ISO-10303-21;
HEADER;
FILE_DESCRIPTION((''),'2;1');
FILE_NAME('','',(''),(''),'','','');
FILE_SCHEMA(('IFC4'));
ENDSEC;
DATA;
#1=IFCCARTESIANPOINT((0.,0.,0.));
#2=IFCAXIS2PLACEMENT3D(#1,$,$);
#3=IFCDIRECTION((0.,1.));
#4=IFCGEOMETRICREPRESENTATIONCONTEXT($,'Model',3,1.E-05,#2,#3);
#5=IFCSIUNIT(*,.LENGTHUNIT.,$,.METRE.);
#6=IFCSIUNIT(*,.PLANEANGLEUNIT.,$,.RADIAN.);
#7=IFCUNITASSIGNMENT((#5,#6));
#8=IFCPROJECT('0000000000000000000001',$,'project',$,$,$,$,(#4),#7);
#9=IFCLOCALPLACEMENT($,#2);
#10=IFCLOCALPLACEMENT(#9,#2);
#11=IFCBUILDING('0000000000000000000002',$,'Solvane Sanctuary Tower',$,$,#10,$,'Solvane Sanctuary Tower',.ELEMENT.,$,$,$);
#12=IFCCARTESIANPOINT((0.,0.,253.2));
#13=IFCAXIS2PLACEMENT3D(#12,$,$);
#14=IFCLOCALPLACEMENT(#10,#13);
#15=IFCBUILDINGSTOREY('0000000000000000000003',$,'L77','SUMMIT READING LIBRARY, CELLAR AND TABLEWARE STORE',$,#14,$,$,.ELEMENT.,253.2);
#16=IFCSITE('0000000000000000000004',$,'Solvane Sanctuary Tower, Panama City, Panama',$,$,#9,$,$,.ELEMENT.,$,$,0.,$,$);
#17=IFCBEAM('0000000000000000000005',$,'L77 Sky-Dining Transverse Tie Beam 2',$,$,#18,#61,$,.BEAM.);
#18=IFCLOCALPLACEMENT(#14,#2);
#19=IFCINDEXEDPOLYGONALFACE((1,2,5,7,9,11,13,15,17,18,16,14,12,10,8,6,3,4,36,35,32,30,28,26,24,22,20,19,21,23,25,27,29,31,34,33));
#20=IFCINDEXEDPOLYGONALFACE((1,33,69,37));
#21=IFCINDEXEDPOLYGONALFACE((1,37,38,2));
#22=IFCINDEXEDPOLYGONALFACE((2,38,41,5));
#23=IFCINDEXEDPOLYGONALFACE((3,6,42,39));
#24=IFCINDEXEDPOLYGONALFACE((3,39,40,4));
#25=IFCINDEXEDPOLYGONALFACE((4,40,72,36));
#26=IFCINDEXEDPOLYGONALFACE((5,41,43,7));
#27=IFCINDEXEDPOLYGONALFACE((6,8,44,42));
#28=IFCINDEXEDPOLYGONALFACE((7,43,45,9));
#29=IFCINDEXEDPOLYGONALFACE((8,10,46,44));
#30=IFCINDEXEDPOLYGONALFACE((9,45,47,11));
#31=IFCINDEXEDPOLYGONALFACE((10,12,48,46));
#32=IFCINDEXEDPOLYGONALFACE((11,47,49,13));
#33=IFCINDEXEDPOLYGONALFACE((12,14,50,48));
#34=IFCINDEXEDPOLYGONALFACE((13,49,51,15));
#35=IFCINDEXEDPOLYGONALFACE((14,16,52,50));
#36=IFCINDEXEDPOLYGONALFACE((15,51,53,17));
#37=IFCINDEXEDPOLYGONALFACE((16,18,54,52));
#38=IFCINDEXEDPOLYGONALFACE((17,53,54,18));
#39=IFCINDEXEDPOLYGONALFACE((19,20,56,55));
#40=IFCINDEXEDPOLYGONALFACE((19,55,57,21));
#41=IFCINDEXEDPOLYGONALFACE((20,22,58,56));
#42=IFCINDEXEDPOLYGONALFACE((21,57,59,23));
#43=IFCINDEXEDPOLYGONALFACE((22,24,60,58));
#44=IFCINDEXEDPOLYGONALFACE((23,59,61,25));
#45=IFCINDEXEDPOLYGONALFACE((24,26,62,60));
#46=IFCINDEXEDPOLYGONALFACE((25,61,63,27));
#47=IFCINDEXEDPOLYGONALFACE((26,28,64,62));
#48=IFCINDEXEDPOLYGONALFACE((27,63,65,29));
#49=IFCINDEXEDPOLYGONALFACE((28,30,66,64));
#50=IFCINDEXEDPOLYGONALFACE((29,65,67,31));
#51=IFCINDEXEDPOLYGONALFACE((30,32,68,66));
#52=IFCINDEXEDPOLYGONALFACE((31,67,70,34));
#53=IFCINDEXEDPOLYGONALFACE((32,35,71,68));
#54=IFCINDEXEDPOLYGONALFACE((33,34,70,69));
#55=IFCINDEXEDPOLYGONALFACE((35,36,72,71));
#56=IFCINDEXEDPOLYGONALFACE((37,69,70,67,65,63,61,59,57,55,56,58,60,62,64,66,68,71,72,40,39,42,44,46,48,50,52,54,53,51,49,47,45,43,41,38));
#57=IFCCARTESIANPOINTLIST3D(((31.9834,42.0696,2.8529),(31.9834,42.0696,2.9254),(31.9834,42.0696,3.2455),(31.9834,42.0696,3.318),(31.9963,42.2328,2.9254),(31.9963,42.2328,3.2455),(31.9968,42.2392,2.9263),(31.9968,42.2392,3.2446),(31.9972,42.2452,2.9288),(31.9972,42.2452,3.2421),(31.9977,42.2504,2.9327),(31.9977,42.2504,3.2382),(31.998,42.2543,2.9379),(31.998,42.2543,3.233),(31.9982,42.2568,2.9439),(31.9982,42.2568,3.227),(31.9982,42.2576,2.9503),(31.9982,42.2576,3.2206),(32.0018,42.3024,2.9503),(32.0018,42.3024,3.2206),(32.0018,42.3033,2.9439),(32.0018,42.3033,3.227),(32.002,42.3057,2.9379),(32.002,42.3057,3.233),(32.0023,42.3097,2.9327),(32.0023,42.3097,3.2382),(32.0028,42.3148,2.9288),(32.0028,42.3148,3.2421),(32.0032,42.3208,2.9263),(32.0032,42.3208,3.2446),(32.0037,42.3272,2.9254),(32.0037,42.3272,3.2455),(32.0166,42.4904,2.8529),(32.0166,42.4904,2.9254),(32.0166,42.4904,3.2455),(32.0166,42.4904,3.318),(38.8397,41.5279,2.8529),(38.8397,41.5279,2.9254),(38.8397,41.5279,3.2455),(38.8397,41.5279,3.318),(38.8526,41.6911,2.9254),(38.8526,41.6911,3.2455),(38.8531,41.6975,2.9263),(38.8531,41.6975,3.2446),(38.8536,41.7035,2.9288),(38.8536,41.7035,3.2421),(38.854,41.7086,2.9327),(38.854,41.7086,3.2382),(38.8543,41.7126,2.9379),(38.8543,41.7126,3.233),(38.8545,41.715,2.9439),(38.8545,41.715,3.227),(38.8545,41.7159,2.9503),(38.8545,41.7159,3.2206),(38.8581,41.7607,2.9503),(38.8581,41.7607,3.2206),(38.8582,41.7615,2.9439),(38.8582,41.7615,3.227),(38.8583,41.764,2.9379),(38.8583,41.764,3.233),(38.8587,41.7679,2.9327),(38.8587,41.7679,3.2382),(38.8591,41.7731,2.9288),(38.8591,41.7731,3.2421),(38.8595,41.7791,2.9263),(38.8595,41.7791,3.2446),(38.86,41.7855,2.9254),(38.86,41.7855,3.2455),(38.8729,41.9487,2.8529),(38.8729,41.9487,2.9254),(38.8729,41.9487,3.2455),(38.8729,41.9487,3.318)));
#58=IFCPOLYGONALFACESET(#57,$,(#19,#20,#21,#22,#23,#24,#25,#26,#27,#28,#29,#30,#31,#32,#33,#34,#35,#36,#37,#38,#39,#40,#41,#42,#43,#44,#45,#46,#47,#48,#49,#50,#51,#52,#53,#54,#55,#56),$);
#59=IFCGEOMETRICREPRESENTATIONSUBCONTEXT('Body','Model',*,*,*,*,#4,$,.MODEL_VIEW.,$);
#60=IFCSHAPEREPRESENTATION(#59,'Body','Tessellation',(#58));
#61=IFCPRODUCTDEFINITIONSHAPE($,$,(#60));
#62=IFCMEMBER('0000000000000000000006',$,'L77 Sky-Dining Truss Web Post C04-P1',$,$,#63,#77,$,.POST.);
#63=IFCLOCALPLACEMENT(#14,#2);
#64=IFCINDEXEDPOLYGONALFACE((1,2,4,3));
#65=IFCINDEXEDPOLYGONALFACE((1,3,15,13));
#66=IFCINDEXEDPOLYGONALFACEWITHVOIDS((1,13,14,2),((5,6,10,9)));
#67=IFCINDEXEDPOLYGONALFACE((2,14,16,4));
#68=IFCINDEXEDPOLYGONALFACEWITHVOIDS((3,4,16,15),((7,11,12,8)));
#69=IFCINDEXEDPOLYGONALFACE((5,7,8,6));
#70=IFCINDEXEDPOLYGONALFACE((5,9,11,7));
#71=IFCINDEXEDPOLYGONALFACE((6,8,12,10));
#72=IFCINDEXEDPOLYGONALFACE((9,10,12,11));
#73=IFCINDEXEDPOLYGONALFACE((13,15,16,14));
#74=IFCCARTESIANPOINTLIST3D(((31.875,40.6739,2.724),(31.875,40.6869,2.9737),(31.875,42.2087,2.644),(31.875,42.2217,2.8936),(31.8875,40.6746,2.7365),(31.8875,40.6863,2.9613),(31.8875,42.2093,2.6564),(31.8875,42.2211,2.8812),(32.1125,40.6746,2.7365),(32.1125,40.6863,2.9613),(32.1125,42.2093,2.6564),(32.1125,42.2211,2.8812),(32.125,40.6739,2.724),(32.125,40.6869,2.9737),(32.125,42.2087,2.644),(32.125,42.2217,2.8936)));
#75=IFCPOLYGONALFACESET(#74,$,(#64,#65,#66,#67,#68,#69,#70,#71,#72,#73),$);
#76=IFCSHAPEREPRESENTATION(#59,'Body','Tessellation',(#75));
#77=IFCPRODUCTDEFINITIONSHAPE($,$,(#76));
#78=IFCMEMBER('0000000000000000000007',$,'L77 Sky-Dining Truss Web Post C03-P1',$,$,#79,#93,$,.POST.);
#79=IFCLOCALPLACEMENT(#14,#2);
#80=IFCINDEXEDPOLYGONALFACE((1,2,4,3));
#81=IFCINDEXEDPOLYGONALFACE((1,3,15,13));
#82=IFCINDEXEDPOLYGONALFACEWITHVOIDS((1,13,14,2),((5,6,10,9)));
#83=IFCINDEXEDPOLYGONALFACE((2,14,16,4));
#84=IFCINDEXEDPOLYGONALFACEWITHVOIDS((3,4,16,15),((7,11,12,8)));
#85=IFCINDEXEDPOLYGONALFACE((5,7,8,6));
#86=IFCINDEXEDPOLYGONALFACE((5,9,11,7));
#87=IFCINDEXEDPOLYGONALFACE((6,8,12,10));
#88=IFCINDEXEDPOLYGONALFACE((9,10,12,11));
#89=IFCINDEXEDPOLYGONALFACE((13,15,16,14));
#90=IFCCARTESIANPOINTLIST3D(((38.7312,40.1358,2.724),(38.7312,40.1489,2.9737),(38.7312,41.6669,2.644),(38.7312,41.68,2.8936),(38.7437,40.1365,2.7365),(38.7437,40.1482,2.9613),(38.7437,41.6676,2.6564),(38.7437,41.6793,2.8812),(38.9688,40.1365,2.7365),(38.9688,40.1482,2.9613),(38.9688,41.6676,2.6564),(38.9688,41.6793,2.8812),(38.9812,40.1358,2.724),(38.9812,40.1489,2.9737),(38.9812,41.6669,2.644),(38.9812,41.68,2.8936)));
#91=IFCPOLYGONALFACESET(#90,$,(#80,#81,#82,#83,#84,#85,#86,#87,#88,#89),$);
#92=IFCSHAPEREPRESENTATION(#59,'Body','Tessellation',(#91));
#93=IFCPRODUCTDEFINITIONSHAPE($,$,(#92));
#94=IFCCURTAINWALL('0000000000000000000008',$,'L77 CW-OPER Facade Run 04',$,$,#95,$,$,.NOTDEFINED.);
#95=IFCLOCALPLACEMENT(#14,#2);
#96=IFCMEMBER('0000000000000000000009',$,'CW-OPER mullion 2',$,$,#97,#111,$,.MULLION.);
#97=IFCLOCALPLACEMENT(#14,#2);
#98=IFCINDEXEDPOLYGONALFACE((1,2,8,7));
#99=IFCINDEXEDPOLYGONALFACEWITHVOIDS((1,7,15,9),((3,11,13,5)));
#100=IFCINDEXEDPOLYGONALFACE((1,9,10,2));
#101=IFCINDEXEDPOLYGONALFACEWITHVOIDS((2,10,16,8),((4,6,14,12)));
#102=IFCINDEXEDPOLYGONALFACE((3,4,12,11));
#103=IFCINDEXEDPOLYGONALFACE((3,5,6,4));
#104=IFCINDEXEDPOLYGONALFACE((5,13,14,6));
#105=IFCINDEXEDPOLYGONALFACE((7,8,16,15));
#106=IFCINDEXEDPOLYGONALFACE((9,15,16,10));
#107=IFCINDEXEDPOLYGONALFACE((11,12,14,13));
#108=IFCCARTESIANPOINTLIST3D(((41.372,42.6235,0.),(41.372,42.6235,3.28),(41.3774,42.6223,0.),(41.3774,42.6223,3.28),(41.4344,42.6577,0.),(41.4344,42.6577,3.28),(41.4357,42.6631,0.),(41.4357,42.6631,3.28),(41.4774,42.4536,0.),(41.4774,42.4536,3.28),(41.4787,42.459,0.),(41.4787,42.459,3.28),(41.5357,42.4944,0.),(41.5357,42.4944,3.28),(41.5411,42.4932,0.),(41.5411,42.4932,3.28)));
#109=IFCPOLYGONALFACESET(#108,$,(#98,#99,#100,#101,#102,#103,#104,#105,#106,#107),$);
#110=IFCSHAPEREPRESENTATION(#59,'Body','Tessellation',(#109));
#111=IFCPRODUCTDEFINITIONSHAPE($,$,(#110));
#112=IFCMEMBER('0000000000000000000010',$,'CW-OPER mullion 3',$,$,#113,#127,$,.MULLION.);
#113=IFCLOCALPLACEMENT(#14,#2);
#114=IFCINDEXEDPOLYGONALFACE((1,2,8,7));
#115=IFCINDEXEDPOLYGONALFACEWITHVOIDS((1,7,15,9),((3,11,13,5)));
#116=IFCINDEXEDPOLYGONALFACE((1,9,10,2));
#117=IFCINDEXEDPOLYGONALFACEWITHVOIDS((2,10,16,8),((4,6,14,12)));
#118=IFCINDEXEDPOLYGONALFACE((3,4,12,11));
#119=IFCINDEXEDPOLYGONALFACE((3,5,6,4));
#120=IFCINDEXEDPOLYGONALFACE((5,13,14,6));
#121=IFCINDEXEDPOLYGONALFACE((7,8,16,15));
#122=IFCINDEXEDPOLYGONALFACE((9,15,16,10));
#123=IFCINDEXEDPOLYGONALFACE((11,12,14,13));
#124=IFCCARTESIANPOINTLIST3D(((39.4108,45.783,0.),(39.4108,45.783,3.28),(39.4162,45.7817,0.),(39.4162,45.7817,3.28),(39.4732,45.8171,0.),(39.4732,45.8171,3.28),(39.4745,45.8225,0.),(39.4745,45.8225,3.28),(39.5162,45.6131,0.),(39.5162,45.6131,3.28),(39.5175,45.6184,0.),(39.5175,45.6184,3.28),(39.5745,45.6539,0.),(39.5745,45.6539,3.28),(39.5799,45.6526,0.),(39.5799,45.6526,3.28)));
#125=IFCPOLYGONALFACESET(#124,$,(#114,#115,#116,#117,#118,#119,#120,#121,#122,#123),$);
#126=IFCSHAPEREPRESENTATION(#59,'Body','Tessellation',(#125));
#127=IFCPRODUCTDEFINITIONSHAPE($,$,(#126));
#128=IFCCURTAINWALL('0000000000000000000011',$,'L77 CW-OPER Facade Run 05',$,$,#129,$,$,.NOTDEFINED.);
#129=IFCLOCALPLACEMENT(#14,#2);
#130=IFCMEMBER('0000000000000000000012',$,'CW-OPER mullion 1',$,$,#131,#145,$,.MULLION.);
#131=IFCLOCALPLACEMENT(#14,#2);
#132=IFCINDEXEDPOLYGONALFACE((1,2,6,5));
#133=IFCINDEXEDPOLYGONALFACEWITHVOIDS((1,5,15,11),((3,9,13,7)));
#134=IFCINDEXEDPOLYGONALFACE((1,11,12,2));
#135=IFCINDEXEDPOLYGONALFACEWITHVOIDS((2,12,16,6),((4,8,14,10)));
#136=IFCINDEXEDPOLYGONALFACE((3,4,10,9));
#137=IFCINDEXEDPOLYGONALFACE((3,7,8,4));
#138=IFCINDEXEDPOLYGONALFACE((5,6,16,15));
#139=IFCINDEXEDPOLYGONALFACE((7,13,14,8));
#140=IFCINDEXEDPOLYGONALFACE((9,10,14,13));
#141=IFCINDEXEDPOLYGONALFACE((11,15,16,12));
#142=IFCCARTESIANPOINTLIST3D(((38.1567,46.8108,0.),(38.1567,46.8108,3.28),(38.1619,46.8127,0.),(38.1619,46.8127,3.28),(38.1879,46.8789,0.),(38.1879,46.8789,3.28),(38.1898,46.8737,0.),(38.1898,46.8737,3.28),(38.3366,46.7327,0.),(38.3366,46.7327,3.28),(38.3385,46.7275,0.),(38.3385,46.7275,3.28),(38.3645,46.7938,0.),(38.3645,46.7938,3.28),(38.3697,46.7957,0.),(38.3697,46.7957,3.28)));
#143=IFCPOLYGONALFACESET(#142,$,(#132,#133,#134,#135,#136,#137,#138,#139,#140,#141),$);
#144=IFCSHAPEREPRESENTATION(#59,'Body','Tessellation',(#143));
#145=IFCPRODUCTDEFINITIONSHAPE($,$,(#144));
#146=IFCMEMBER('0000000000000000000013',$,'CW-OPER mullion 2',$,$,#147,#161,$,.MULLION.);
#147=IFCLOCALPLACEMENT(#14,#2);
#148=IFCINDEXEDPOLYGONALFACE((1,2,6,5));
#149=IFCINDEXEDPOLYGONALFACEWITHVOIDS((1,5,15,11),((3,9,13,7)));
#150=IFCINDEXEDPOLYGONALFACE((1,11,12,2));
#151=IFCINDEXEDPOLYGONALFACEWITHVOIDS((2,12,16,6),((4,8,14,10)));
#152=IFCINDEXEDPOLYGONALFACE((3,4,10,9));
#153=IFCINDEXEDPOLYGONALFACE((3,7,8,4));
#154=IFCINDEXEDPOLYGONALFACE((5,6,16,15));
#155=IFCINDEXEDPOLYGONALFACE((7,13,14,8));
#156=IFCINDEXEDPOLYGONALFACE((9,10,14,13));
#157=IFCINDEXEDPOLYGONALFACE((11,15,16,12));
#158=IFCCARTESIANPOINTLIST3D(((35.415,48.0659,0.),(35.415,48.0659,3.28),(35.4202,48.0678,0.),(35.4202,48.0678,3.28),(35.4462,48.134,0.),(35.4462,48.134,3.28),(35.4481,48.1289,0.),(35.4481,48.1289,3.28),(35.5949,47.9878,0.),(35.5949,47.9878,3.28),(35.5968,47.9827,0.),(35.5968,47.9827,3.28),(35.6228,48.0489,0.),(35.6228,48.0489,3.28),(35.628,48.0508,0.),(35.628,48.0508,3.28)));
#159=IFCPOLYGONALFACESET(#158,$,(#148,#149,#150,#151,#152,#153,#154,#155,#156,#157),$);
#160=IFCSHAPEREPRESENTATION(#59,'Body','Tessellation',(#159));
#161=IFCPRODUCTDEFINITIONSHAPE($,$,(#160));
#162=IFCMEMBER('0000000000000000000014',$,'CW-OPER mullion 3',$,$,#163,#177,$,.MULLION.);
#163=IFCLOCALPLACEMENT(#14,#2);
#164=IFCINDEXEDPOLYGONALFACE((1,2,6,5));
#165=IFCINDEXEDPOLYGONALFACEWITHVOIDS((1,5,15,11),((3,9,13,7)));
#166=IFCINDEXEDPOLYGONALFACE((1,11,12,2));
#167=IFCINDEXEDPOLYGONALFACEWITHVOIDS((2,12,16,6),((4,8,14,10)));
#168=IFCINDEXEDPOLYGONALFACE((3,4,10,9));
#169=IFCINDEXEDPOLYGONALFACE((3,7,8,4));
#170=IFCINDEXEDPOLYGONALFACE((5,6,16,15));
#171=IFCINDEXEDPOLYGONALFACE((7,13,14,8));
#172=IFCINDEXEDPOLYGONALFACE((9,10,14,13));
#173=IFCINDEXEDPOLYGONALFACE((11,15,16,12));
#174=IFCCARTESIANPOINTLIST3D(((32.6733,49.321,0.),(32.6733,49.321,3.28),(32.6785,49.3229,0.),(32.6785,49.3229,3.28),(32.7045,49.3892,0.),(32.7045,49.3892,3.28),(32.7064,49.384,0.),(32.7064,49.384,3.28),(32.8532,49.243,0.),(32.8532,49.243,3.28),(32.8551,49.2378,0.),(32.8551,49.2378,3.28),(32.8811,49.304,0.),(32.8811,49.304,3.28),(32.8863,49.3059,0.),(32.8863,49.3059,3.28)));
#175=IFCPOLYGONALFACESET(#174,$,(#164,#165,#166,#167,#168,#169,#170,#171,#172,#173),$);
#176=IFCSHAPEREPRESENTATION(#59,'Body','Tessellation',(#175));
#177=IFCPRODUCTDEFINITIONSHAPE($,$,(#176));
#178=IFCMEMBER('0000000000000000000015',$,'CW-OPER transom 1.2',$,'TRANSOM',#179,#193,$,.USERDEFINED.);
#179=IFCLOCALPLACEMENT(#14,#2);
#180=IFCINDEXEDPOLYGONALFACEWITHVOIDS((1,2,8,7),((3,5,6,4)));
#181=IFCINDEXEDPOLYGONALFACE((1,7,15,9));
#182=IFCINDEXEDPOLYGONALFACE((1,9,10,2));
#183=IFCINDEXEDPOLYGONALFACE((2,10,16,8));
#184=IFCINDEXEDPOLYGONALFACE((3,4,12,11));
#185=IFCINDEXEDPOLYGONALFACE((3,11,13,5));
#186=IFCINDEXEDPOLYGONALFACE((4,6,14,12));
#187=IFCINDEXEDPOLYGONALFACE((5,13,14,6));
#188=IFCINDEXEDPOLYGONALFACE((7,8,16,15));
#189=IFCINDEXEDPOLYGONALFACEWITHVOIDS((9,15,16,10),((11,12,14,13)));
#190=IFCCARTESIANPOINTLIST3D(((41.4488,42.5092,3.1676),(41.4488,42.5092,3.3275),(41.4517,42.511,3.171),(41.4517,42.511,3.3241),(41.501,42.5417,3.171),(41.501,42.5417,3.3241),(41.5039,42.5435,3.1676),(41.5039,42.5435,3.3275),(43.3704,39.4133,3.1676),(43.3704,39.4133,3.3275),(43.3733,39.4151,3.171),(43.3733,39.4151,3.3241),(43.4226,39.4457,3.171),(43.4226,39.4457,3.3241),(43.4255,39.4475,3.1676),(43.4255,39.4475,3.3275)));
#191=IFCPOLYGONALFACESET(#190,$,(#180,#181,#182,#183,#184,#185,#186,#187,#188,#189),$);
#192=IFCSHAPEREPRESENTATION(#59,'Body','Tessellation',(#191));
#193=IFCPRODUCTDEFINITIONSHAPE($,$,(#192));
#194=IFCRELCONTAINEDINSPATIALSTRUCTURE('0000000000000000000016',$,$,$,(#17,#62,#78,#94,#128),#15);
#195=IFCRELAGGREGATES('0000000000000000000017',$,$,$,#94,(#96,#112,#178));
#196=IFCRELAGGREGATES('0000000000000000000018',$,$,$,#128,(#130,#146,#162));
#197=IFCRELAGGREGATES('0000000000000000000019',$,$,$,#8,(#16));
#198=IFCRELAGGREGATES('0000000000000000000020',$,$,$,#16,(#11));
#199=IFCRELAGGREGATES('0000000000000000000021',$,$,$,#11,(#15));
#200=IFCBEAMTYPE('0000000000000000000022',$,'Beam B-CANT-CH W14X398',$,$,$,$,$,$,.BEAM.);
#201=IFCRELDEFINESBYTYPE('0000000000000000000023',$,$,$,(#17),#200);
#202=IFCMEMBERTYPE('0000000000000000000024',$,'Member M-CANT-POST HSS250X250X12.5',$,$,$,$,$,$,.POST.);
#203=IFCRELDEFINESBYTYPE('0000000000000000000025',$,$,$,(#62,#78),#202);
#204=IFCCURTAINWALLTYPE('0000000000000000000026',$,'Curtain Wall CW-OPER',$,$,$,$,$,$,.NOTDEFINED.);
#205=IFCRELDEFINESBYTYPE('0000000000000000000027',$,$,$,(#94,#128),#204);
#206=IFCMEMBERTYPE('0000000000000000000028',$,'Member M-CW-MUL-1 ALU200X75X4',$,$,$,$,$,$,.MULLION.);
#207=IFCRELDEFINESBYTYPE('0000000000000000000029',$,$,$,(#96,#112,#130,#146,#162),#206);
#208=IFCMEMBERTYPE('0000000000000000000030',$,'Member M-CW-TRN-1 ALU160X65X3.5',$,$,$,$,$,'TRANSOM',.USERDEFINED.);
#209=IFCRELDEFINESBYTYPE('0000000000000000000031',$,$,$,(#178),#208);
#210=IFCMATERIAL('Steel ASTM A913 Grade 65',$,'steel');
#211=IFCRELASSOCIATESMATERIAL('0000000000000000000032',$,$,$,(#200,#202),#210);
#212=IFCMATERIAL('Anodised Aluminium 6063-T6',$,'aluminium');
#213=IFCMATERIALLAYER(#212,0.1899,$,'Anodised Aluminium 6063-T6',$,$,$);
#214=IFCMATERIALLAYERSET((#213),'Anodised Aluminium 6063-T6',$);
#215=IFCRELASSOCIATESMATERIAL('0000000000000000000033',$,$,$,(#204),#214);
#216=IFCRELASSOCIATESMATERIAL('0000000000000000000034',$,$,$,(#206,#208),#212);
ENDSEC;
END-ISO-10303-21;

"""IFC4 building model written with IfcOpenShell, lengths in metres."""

from ifc_helpers import new_model, si_unit, direction, frame, origin, origin_2d, place, context, subcontext, project, spatial, hollow_rectangle, i_section, extrude, material, layer, layer_set, material_profile, profile_set, type_object, element, aggregate, save


model = new_model("IFC4")

# Units and contexts
model_context = context("Model", 3, precision=1e-05, world=origin(), true_north=direction((0.0, 1.0)))
body_context = subcontext(model_context, "Body", "Model", "MODEL_VIEW")
ifc_project = project(units=[si_unit("LENGTHUNIT", "METRE"), si_unit("PLANEANGLEUNIT", "RADIAN")], contexts=[model_context])

# Site, building, storey
site_placement = place(None, origin())
site = spatial("IfcSite", under=ifc_project, at=site_placement, Name="Solvane Sanctuary Tower, Panama City, Panama", CompositionType="ELEMENT", RefElevation=0.0)
building_placement = place(site_placement, origin())
building = spatial("IfcBuilding", under=site, at=building_placement, Name="Solvane Sanctuary Tower", LongName="Solvane Sanctuary Tower", CompositionType="ELEMENT")
storey_placement = place(building_placement, frame((0.0, 0.0, 253.2)))
storey = spatial("IfcBuildingStorey", under=building, at=storey_placement, Name="L77", Description="SUMMIT READING LIBRARY, CELLAR AND TABLEWARE STORE", CompositionType="ELEMENT", Elevation=253.2)

# Beam
ifc_material_1 = material(Name="Steel ASTM A913 Grade 65", Category="steel")
ifc_material_profile_1 = material_profile(ifc_material_1, i_section(OverallWidth=0.4221, OverallDepth=0.4651, WebThickness=0.0449, FlangeThickness=0.0725, FilletRadius=0.0249, at=origin_2d()), Name="W14X398")
ifc_profile_set_1 = profile_set([ifc_material_profile_1], Name="Steel ASTM A913 Grade 65")
beam_type = type_object("IfcBeamType", Name="Beam B-CANT-CH W14X398", PredefinedType="BEAM", material=ifc_profile_set_1)
beam_placement = place(storey_placement, frame((32.0, 42.28, 3.0854), z_axis=(0.996893, -0.07877, 0.0), x_axis=(0.07877, 0.996893, 0.0)))
element("IfcBeam", 1, at=beam_placement, inside=storey, type_object=beam_type, Name="L77 Sky-Dining Transverse Tie Beam 2", PredefinedType="BEAM", context=body_context, shape_type="SweptSolid", body=[
    extrude(i_section(OverallWidth=0.4221, OverallDepth=0.4651, WebThickness=0.0449, FlangeThickness=0.0725, FilletRadius=0.0249, at=origin_2d()), origin(), (0.0, 0.0, 1.0), 6.8777),
])

# Members
ifc_material_profile_2 = material_profile(ifc_material_1, hollow_rectangle(XDim=0.25, YDim=0.25, WallThickness=0.0125, at=origin_2d()), Name="HSS250X250X12.5")
ifc_profile_set_2 = profile_set([ifc_material_profile_2], Name="Steel ASTM A913 Grade 65")
member_type_1 = type_object("IfcMemberType", Name="Member M-CANT-POST HSS250X250X12.5", PredefinedType="POST", material=ifc_profile_set_2)
member_1_placement = place(storey_placement, frame((32.0, 40.6804, 2.8489), z_axis=(0.0, 0.998641, -0.052109), x_axis=(-1.0, 0.0, 0.0)))
element("IfcMember", 2, at=member_1_placement, inside=storey, type_object=member_type_1, Name="L77 Sky-Dining Truss Web Post C04-P1", PredefinedType="POST", context=body_context, shape_type="SweptSolid", body=[
    extrude(hollow_rectangle(XDim=0.25, YDim=0.25, WallThickness=0.0125, at=origin_2d()), origin(), (0.0, 0.0, 1.0), 1.5369),
])
member_2_placement = place(storey_placement, frame((38.8562, 40.1423, 2.8489), z_axis=(0.0, 0.998635, -0.052233), x_axis=(-1.0, 0.0, 0.0)))
element("IfcMember", 3, at=member_2_placement, inside=storey, type_object=member_type_1, Name="L77 Sky-Dining Truss Web Post C03-P1", PredefinedType="POST", context=body_context, shape_type="SweptSolid", body=[
    extrude(hollow_rectangle(XDim=0.25, YDim=0.25, WallThickness=0.0125, at=origin_2d()), origin(), (0.0, 0.0, 1.0), 1.5332),
])

# Curtain walls, members
ifc_material_2 = material(Name="Anodised Aluminium 6063-T6", Category="aluminium")
ifc_layer_1 = layer(ifc_material_2, 0.1899, Name="Anodised Aluminium 6063-T6")
ifc_layer_set_1 = layer_set([ifc_layer_1], Name="Anodised Aluminium 6063-T6")
curtain_wall_type = type_object("IfcCurtainWallType", Name="Curtain Wall CW-OPER", PredefinedType="NOTDEFINED", material=ifc_layer_set_1)
curtain_wall_1_placement = place(storey_placement, origin())
curtain_wall_1 = element("IfcCurtainWall", 4, at=curtain_wall_1_placement, inside=storey, type_object=curtain_wall_type, Name="L77 CW-OPER Facade Run 04", PredefinedType="NOTDEFINED")
ifc_material_profile_3 = material_profile(ifc_material_2, hollow_rectangle(XDim=0.075, YDim=0.2, WallThickness=0.0039, at=origin_2d()), Name="ALU200X75X4")
ifc_profile_set_3 = profile_set([ifc_material_profile_3], Name="Anodised Aluminium 6063-T6")
member_type_2 = type_object("IfcMemberType", Name="Member M-CW-MUL-1 ALU200X75X4", PredefinedType="MULLION", material=ifc_profile_set_3)
member_3_placement = place(storey_placement, frame((41.4565, 42.5583, 0.0), z_axis=(0.0, 0.0, 1.0), x_axis=(-0.849622, -0.527392, 0.0)))
member_3 = element("IfcMember", 5, at=member_3_placement, type_object=member_type_2, Name="CW-OPER mullion 2", PredefinedType="MULLION", context=body_context, shape_type="SweptSolid", body=[
    extrude(hollow_rectangle(XDim=0.075, YDim=0.2, WallThickness=0.0039, at=origin_2d()), origin(), (0.0, 0.0, 1.0), 3.28),
])
member_4_placement = place(storey_placement, frame((39.4954, 45.7178, 0.0), z_axis=(0.0, 0.0, 1.0), x_axis=(-0.849622, -0.527392, 0.0)))
member_4 = element("IfcMember", 6, at=member_4_placement, type_object=member_type_2, Name="CW-OPER mullion 3", PredefinedType="MULLION", context=body_context, shape_type="SweptSolid", body=[
    extrude(hollow_rectangle(XDim=0.075, YDim=0.2, WallThickness=0.0039, at=origin_2d()), origin(), (0.0, 0.0, 1.0), 3.28),
])
curtain_wall_2_placement = place(storey_placement, origin())
curtain_wall_2 = element("IfcCurtainWall", 7, at=curtain_wall_2_placement, inside=storey, type_object=curtain_wall_type, Name="L77 CW-OPER Facade Run 05", PredefinedType="NOTDEFINED")
member_5_placement = place(storey_placement, frame((38.2632, 46.8032, 0.0), z_axis=(0.0, 0.0, 1.0), x_axis=(-0.416225, -0.909262, 0.0)))
member_5 = element("IfcMember", 8, at=member_5_placement, type_object=member_type_2, Name="CW-OPER mullion 1", PredefinedType="MULLION", context=body_context, shape_type="SweptSolid", body=[
    extrude(hollow_rectangle(XDim=0.075, YDim=0.2, WallThickness=0.0039, at=origin_2d()), origin(), (0.0, 0.0, 1.0), 3.28),
])
member_6_placement = place(storey_placement, frame((35.5215, 48.0583, 0.0), z_axis=(0.0, 0.0, 1.0), x_axis=(-0.416225, -0.909262, 0.0)))
member_6 = element("IfcMember", 9, at=member_6_placement, type_object=member_type_2, Name="CW-OPER mullion 2", PredefinedType="MULLION", context=body_context, shape_type="SweptSolid", body=[
    extrude(hollow_rectangle(XDim=0.075, YDim=0.2, WallThickness=0.0039, at=origin_2d()), origin(), (0.0, 0.0, 1.0), 3.28),
])
member_7_placement = place(storey_placement, frame((32.7798, 49.3135, 0.0), z_axis=(0.0, 0.0, 1.0), x_axis=(-0.416225, -0.909262, 0.0)))
member_7 = element("IfcMember", 10, at=member_7_placement, type_object=member_type_2, Name="CW-OPER mullion 3", PredefinedType="MULLION", context=body_context, shape_type="SweptSolid", body=[
    extrude(hollow_rectangle(XDim=0.075, YDim=0.2, WallThickness=0.0039, at=origin_2d()), origin(), (0.0, 0.0, 1.0), 3.28),
])

# Member
ifc_material_profile_4 = material_profile(ifc_material_2, hollow_rectangle(XDim=0.0649, YDim=0.1599, WallThickness=0.0034, at=origin_2d()), Name="ALU160X65X3.5")
ifc_profile_set_4 = profile_set([ifc_material_profile_4], Name="Anodised Aluminium 6063-T6")
member_type_3 = type_object("IfcMemberType", Name="Member M-CW-TRN-1 ALU160X65X3.5", ElementType="TRANSOM", PredefinedType="USERDEFINED", material=ifc_profile_set_4)
member_8_placement = place(storey_placement, frame((43.3979, 39.4304, 3.2476), z_axis=(-0.527365, 0.849639, 0.0), x_axis=(-0.849639, -0.527365, 0.0)))
member_8 = element("IfcMember", 11, at=member_8_placement, type_object=member_type_3, Name="CW-OPER transom 1.2", ObjectType="TRANSOM", PredefinedType="USERDEFINED", context=body_context, shape_type="SweptSolid", body=[
    extrude(hollow_rectangle(XDim=0.0649, YDim=0.1599, WallThickness=0.0034, at=origin_2d()), origin(), (0.0, 0.0, 1.0), 3.6438),
])

aggregate(curtain_wall_1, [member_3, member_4, member_8])
aggregate(curtain_wall_2, [member_5, member_6, member_7])

save(model, "model.ifc")
